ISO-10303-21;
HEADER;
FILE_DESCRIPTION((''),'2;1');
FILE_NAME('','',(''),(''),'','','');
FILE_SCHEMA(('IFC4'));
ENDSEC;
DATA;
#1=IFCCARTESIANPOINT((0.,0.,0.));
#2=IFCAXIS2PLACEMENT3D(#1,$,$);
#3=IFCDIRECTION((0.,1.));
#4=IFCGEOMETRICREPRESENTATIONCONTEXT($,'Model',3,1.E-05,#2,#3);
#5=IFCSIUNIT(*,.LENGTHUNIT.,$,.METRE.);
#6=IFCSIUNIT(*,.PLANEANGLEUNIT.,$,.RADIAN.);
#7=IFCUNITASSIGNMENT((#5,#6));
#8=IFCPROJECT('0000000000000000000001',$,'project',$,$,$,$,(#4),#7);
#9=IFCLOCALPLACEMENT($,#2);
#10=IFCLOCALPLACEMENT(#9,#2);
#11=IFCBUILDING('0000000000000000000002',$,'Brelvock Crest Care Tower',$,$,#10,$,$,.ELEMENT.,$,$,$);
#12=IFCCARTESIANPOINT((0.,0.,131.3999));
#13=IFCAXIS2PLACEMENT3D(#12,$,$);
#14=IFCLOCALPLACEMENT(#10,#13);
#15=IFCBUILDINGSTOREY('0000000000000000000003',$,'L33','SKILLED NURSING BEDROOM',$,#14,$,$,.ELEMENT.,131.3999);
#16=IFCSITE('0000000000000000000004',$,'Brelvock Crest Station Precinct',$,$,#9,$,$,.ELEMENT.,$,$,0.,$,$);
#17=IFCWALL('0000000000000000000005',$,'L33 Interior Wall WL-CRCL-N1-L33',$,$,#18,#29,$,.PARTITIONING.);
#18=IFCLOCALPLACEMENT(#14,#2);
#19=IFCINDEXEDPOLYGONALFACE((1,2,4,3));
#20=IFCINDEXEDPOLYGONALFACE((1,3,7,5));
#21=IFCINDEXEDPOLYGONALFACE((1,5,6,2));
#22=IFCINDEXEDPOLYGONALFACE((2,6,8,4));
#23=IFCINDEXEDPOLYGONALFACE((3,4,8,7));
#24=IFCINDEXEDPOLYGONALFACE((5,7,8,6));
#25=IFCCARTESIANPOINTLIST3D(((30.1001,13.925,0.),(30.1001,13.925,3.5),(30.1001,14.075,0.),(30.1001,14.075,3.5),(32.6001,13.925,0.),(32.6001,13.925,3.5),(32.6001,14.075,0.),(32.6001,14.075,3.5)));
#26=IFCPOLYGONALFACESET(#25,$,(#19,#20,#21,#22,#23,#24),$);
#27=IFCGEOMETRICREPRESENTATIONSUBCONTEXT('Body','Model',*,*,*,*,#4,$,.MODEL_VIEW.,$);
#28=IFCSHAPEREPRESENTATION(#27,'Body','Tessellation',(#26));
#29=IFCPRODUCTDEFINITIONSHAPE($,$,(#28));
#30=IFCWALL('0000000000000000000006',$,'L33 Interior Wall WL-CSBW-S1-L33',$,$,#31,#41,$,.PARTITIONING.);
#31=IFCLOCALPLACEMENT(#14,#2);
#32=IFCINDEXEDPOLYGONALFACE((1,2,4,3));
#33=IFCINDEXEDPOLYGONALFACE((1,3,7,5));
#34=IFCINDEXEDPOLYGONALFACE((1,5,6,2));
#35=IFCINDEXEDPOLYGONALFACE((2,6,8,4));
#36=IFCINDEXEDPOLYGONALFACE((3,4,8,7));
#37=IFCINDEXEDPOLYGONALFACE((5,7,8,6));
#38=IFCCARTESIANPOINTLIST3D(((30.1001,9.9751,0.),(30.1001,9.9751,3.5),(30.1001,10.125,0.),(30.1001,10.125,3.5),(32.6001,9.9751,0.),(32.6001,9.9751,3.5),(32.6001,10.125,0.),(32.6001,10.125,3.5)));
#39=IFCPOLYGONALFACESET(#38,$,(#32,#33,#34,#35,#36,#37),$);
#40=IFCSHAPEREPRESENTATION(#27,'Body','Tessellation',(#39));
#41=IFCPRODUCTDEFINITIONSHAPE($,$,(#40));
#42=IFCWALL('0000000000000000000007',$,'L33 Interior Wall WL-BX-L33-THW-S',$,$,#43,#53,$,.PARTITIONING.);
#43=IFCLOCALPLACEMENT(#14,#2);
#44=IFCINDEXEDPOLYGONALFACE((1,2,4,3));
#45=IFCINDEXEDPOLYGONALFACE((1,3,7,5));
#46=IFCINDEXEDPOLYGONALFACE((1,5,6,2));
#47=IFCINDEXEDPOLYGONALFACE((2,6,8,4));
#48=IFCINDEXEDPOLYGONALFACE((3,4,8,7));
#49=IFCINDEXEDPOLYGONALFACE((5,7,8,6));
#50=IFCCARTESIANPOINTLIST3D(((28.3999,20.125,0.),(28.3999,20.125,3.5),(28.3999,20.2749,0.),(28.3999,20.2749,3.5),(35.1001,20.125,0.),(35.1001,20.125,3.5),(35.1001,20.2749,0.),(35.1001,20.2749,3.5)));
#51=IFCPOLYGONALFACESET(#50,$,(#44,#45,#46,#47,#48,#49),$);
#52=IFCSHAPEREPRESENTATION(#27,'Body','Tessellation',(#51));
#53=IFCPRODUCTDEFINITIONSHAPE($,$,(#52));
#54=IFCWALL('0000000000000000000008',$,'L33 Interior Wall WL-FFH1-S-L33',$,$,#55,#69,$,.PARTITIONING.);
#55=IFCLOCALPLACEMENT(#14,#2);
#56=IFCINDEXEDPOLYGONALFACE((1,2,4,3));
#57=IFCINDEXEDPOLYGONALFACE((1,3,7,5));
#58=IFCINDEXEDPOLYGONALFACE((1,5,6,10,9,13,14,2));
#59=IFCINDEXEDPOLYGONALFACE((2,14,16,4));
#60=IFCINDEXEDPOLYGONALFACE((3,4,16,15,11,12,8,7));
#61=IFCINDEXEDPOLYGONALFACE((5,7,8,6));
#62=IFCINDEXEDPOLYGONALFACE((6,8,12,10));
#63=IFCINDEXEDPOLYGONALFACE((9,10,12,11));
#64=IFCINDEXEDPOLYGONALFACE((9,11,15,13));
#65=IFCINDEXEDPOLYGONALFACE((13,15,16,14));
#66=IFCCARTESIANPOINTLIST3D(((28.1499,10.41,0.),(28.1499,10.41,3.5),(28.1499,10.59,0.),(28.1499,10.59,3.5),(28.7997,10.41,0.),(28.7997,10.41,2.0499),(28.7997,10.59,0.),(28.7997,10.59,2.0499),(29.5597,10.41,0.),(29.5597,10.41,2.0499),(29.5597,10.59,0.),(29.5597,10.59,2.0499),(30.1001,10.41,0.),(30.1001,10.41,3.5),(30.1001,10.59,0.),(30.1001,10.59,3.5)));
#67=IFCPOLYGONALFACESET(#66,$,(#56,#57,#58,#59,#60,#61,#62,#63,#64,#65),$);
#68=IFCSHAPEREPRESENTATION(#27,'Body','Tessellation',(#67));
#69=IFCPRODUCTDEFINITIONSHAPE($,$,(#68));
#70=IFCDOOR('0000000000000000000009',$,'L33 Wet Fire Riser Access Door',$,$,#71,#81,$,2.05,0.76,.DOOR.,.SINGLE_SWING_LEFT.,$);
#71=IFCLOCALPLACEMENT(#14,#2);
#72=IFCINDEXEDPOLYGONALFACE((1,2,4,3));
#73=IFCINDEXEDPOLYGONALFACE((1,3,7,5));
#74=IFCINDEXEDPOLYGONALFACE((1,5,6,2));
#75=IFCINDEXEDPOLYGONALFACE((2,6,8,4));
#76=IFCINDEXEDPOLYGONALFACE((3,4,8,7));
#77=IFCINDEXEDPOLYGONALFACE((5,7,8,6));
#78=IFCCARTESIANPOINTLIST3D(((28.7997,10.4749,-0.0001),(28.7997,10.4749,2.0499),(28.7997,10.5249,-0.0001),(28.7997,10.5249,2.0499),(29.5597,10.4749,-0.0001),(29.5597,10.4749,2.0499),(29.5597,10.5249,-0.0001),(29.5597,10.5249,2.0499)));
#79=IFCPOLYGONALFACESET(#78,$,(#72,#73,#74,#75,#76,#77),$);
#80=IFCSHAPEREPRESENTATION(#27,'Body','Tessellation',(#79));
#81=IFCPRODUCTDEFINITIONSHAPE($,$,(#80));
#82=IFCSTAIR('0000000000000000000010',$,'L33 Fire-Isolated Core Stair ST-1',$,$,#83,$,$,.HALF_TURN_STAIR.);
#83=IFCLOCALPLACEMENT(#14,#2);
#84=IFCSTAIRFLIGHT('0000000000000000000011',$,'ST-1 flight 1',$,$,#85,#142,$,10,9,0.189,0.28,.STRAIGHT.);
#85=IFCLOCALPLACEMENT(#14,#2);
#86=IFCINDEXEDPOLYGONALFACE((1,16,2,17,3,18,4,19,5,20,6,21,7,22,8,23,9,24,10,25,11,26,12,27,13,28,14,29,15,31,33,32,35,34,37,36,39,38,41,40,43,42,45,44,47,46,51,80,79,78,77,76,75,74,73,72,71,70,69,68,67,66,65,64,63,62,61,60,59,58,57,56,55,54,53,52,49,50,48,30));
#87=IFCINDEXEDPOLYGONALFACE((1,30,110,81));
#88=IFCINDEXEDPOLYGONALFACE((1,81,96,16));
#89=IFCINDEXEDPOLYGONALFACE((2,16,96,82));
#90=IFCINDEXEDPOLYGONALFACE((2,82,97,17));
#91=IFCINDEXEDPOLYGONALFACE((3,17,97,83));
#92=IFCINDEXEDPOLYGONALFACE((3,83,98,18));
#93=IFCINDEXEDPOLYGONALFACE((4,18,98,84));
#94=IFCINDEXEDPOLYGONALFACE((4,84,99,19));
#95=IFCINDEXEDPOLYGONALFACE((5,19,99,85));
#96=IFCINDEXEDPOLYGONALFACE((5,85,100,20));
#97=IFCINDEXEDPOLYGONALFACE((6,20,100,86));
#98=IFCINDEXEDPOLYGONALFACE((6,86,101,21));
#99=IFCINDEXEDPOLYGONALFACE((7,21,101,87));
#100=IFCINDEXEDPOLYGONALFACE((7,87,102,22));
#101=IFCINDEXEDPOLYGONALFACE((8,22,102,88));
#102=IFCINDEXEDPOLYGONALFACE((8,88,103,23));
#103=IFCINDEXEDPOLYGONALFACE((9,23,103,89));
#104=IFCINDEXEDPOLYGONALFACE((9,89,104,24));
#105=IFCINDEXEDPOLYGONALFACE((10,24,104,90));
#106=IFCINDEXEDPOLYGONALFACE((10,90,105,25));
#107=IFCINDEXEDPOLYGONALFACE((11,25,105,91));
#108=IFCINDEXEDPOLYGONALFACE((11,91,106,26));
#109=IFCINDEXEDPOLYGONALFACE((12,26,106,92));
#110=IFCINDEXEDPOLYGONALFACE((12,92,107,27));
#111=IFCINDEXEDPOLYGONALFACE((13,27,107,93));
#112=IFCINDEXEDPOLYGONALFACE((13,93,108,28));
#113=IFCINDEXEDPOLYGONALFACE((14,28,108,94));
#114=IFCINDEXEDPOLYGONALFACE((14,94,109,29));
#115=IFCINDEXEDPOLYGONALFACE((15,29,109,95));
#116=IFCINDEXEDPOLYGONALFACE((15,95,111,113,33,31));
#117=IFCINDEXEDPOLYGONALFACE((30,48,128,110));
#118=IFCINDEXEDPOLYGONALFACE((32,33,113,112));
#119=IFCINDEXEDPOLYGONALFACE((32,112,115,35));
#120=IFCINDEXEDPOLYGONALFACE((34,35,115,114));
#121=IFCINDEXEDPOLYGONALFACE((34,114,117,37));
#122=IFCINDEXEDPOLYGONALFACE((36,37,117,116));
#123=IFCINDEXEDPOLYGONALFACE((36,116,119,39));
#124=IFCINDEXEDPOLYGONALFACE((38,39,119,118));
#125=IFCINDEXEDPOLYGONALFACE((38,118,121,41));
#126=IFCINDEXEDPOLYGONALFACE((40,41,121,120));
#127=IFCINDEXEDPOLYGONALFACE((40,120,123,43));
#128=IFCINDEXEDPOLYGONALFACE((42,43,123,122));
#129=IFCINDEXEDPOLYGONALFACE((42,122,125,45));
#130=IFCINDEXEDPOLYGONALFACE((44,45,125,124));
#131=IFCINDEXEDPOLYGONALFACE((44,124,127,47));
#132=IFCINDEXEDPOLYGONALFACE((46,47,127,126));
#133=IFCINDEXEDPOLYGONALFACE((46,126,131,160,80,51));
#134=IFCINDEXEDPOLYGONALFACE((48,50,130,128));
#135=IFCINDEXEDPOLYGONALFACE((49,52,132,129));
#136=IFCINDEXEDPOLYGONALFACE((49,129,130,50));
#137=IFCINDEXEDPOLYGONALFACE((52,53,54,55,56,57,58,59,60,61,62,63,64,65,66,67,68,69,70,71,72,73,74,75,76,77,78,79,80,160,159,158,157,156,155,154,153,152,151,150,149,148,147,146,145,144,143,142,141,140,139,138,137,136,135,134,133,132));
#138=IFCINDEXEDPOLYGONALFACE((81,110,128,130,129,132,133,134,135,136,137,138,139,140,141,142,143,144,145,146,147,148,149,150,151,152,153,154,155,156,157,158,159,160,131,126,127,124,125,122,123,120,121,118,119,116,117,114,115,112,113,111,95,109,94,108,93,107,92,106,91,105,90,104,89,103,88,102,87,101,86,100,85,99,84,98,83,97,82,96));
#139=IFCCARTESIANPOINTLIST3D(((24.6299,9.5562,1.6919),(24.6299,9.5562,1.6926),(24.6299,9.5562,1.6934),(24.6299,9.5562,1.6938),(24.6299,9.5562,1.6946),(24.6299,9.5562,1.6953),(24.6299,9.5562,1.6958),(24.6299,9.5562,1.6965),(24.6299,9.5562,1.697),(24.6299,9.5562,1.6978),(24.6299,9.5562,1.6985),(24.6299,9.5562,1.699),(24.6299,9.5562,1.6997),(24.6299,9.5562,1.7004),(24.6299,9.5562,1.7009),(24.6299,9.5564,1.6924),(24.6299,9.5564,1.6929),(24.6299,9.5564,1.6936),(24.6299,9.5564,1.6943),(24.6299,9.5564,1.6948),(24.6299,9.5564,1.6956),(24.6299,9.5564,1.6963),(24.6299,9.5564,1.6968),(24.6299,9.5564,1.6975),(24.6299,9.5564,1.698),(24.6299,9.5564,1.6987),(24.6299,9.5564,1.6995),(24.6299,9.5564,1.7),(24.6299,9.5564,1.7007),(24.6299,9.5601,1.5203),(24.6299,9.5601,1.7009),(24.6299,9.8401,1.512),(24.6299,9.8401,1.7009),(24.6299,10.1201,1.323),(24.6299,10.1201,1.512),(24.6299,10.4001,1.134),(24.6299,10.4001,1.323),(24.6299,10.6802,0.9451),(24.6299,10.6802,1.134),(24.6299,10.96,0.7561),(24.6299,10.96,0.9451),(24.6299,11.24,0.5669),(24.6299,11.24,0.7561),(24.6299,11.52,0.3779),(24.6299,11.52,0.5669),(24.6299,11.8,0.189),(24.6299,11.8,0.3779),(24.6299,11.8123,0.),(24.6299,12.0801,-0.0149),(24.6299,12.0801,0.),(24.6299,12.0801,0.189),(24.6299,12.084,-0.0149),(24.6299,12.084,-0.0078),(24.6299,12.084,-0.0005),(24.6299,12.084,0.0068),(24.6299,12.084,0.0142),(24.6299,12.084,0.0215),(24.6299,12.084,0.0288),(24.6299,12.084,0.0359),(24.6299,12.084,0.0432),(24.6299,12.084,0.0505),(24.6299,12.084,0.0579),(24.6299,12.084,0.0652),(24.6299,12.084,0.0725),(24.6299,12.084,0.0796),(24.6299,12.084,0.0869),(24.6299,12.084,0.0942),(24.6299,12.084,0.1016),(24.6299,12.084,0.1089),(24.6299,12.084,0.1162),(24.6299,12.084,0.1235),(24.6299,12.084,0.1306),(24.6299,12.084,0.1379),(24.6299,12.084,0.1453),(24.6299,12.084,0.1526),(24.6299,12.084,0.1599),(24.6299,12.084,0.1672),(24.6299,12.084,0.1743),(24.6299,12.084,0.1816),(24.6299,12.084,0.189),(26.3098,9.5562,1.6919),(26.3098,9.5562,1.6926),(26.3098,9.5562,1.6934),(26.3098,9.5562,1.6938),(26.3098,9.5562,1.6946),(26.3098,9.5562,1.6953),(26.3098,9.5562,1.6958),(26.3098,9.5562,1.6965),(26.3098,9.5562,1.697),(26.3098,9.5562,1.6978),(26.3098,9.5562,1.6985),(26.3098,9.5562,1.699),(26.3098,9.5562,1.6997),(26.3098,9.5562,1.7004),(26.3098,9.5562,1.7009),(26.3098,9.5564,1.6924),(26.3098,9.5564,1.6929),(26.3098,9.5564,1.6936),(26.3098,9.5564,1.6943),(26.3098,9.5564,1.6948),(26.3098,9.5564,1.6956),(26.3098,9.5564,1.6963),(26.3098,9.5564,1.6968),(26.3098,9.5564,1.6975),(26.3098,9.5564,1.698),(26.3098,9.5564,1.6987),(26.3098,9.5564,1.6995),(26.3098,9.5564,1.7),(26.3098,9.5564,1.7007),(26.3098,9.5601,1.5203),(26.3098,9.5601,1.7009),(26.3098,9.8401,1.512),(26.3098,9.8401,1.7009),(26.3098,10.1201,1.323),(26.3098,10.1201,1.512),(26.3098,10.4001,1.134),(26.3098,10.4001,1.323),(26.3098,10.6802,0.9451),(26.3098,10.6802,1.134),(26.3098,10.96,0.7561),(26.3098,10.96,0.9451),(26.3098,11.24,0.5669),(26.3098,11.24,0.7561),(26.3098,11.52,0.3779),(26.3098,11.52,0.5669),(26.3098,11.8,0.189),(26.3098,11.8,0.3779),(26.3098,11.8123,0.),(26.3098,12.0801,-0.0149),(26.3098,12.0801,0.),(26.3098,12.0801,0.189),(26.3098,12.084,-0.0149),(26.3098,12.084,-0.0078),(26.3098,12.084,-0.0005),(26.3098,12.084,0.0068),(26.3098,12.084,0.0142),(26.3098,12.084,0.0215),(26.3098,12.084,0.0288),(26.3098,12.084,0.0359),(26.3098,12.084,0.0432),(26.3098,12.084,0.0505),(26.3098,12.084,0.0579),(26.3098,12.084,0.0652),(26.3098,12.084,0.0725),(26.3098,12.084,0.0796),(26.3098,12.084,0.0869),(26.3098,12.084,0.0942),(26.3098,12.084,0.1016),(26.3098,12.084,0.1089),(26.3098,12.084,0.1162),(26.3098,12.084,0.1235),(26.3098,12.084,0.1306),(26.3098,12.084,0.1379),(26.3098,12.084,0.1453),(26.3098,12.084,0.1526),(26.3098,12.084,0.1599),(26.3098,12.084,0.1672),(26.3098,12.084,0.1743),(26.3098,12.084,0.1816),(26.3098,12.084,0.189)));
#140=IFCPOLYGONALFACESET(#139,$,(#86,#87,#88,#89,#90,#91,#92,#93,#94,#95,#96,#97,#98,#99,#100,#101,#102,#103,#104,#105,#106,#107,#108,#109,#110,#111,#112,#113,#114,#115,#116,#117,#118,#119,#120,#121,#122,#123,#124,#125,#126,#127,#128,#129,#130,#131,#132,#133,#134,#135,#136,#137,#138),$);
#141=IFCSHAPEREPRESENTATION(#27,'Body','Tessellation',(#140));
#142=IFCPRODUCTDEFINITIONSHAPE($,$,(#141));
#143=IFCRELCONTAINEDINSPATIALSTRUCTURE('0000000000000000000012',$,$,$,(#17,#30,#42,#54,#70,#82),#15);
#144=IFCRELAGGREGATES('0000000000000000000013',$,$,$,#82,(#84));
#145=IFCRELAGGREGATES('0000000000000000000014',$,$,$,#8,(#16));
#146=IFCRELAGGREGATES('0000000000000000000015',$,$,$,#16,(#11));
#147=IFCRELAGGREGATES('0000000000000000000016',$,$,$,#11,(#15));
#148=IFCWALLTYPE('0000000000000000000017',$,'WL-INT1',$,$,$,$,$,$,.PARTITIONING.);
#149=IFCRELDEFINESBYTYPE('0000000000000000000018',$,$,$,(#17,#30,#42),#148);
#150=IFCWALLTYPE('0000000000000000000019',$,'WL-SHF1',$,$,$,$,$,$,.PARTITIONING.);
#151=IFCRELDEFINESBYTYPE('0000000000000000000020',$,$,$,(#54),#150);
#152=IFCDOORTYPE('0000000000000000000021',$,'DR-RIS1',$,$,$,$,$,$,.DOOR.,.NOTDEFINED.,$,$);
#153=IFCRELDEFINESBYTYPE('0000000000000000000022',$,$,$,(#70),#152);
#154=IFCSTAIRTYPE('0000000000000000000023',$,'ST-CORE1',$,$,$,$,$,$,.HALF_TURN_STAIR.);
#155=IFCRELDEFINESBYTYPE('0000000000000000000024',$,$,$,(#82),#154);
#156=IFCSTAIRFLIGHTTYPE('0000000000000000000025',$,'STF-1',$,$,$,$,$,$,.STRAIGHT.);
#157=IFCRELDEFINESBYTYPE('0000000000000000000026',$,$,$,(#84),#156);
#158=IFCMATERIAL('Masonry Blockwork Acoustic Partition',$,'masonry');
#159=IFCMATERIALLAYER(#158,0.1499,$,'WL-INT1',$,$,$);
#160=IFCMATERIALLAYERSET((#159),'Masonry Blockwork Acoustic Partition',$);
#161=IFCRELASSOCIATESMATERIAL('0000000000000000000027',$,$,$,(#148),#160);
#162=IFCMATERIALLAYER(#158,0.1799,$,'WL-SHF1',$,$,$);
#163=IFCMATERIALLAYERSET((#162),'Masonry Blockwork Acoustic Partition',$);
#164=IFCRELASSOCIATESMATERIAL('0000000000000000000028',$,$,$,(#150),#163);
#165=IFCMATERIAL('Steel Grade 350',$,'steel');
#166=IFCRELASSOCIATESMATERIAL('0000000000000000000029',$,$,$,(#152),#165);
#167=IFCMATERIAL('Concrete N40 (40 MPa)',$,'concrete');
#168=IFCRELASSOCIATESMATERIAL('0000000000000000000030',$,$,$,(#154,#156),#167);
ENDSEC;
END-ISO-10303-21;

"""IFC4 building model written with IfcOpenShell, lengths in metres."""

from ifc_helpers import new_model, si_unit, direction, frame, frame_2d, origin, origin_2d, place, context, subcontext, project, spatial, polyline, rectangle, outline, extrude, source, transform, mapped, material, layer, layer_set, type_object, element, fill, aggregate, save


model = new_model("IFC4")

# Units and contexts
model_context = context("Model", 3, precision=1e-05, world=origin(), true_north=direction((0.0, 1.0)))
body_context = subcontext(model_context, "Body", "Model", "MODEL_VIEW")
ifc_project = project(units=[si_unit("LENGTHUNIT", "METRE"), si_unit("PLANEANGLEUNIT", "RADIAN")], contexts=[model_context])

# Site, building, storey
site_placement = place(None, origin())
site = spatial("IfcSite", under=ifc_project, at=site_placement, Name="Brelvock Crest Station Precinct", CompositionType="ELEMENT", RefElevation=0.0)
building_placement = place(site_placement, origin())
building = spatial("IfcBuilding", under=site, at=building_placement, Name="Brelvock Crest Care Tower", CompositionType="ELEMENT")
storey_placement = place(building_placement, frame((0.0, 0.0, 131.3999)))
storey = spatial("IfcBuildingStorey", under=building, at=storey_placement, Name="L33", Description="SKILLED NURSING BEDROOM", CompositionType="ELEMENT", Elevation=131.3999)

# Shared definitions
ifc_material_1 = material(Name="Steel Grade 350", Category="steel")

# Walls
ifc_material_2 = material(Name="Masonry Blockwork Acoustic Partition", Category="masonry")
ifc_layer_1 = layer(ifc_material_2, 0.1499, Name="WL-INT1")
ifc_layer_set_1 = layer_set([ifc_layer_1], Name="Masonry Blockwork Acoustic Partition")
wall_type_1 = type_object("IfcWallType", Name="WL-INT1", PredefinedType="PARTITIONING", material=ifc_layer_set_1)
for number, where, z_axis, x_axis, name in (
    (1, (30.1001, 14.0, 0.0), (0.0, 0.0, 1.0), (1.0, 0.0, 0.0), "L33 Interior Wall WL-CRCL-N1-L33"),
    (2, (30.1001, 10.05, 0.0), (0.0, 0.0, 1.0), (1.0, 0.0, 0.0), "L33 Interior Wall WL-CSBW-S1-L33"),
):
    element("IfcWall", number, at=place(storey_placement, frame(where, z_axis=z_axis, x_axis=x_axis)), inside=storey, type_object=wall_type_1, Name=name, PredefinedType="PARTITIONING", context=body_context, shape_type="SweptSolid", body=[
        extrude(rectangle(XDim=2.5, YDim=0.1499, at=frame_2d((1.25, 0.0))), origin(), (0.0, 0.0, 1.0), 3.5),
    ])
wall_1_placement = place(storey_placement, frame((28.3999, 20.2, 0.0), z_axis=(0.0, 0.0, 1.0), x_axis=(1.0, 0.0, 0.0)))
element("IfcWall", 3, at=wall_1_placement, inside=storey, type_object=wall_type_1, Name="L33 Interior Wall WL-BX-L33-THW-S", PredefinedType="PARTITIONING", context=body_context, shape_type="SweptSolid", body=[
    extrude(rectangle(XDim=6.7002, YDim=0.1499, at=frame_2d((3.3501, 0.0))), origin(), (0.0, 0.0, 1.0), 3.5),
])

# Wall, opening, door
ifc_layer_2 = layer(ifc_material_2, 0.1799, Name="WL-SHF1")
ifc_layer_set_2 = layer_set([ifc_layer_2], Name="Masonry Blockwork Acoustic Partition")
wall_type_2 = type_object("IfcWallType", Name="WL-SHF1", PredefinedType="PARTITIONING", material=ifc_layer_set_2)
wall_2_placement = place(storey_placement, frame((28.1499, 10.5, 0.0), z_axis=(0.0, 0.0, 1.0), x_axis=(1.0, 0.0, 0.0)))
wall_2 = element("IfcWall", 4, at=wall_2_placement, inside=storey, type_object=wall_type_2, Name="L33 Interior Wall WL-FFH1-S-L33", PredefinedType="PARTITIONING", context=body_context, shape_type="SweptSolid", body=[
    extrude(rectangle(XDim=1.9502, YDim=0.1799, at=frame_2d((0.9751, 0.0))), origin(), (0.0, 0.0, 1.0), 3.5),
])
opening_placement = place(wall_2_placement, frame((0.6499, 0.0, 0.0)))
opening = element("IfcOpeningElement", 5, at=opening_placement, cuts=wall_2, PredefinedType="OPENING", context=body_context, shape_type="SweptSolid", body=[
    extrude(rectangle(XDim=0.76, YDim=2.05, at=origin_2d()), frame((0.3799, 0.1001, 1.0249), z_axis=(0.0, -1.0, 0.0), x_axis=(1.0, 0.0, 0.0)), (0.0, 0.0, 1.0), 0.2),
])
door_type = type_object("IfcDoorType", Name="DR-RIS1", OperationType="NOTDEFINED", PredefinedType="DOOR", material=ifc_material_1)
shared_shape_1 = source(origin(), body_context, "Body", "SweptSolid", [
    extrude(rectangle(XDim=0.76, YDim=2.05, at=origin_2d()), frame((0.3799, 0.0249, 1.0249), z_axis=(0.0, -1.0, 0.0), x_axis=(1.0, 0.0, 0.0)), (0.0, 0.0, 1.0), 0.05),
])
door_placement = place(opening_placement, origin())
door = element("IfcDoor", 6, at=door_placement, inside=storey, type_object=door_type, Name="L33 Wet Fire Riser Access Door", OperationType="SINGLE_SWING_LEFT", OverallHeight=2.05, OverallWidth=0.76, PredefinedType="DOOR", context=body_context, shape_type="MappedRepresentation", body=[
    mapped(shared_shape_1, transform((0.0, 0.0, 0.0), x_axis=(1.0, 0.0, 0.0), y_axis=(0.0, 1.0, 0.0), z_axis=(0.0, 0.0, 1.0), scale=1.0)),
])
fill(opening, door)

# Stair, stair flight
ifc_material_3 = material(Name="Concrete N40 (40 MPa)", Category="concrete")
stair_type = type_object("IfcStairType", Name="ST-CORE1", PredefinedType="HALF_TURN_STAIR", material=ifc_material_3)
stair_placement = place(storey_placement, origin())
stair = element("IfcStair", 7, at=stair_placement, inside=storey, type_object=stair_type, Name="L33 Fire-Isolated Core Stair ST-1", PredefinedType="HALF_TURN_STAIR")
stair_flight_type = type_object("IfcStairFlightType", Name="STF-1", PredefinedType="STRAIGHT", material=ifc_material_3)
stair_flight_1_placement = place(storey_placement, frame((25.47, 12.0801, 0.0), z_axis=(0.0, 0.0, 1.0), x_axis=(0.0, -1.0, 0.0)))
stair_flight_1 = element("IfcStairFlight", 8, at=stair_flight_1_placement, type_object=stair_flight_type, Name="ST-1 flight 1", NumberOfRisers=10, NumberOfTreads=9, PredefinedType="STRAIGHT", RiserHeight=0.189, TreadLength=0.28, context=body_context, shape_type="SweptSolid", body=[
    extrude(outline(polyline([(-0.0039, -0.0149), (-0.0039, -0.0078), (-0.0039, -0.0005), (-0.0039, 0.0068), (-0.0039, 0.0142), (-0.0039, 0.0215), (-0.0039, 0.0288), (-0.0039, 0.0359), (-0.0039, 0.0432), (-0.0039, 0.0505), (-0.0039, 0.0579), (-0.0039, 0.0652), (-0.0039, 0.0725), (-0.0039, 0.0796), (-0.0039, 0.0869), (-0.0039, 0.0942), (-0.0039, 0.1016), (-0.0039, 0.1089), (-0.0039, 0.1162), (-0.0039, 0.1235), (-0.0039, 0.1306), (-0.0039, 0.1379), (-0.0039, 0.1453), (-0.0039, 0.1526), (-0.0039, 0.1599), (-0.0039, 0.1672), (-0.0039, 0.1743), (-0.0039, 0.1816), (-0.0039, 0.189), (0.0, 0.189), (0.28, 0.189), (0.28, 0.3779), (0.5601, 0.3779), (0.5601, 0.5669), (0.8401, 0.5669), (0.8401, 0.7561), (1.1201, 0.7561), (1.1201, 0.9451), (1.3999, 0.9451), (1.3999, 1.134), (1.6799, 1.134), (1.6799, 1.323), (1.96, 1.323), (1.96, 1.512), (2.24, 1.512), (2.24, 1.7009), (2.52, 1.7009), (2.5239, 1.7009), (2.5237, 1.7007), (2.5239, 1.7004), (2.5237, 1.7), (2.5239, 1.6997), (2.5237, 1.6995), (2.5239, 1.699), (2.5237, 1.6987), (2.5239, 1.6985), (2.5237, 1.698), (2.5239, 1.6978), (2.5237, 1.6975), (2.5239, 1.697), (2.5237, 1.6968), (2.5239, 1.6965), (2.5237, 1.6963), (2.5239, 1.6958), (2.5237, 1.6956), (2.5239, 1.6953), (2.5237, 1.6948), (2.5239, 1.6946), (2.5237, 1.6943), (2.5239, 1.6938), (2.5237, 1.6936), (2.5239, 1.6934), (2.5237, 1.6929), (2.5239, 1.6926), (2.5237, 1.6924), (2.5239, 1.6919), (2.52, 1.5203), (0.2678, 0.0), (0.0, 0.0), (0.0, -0.0149), (-0.0039, -0.0149)])), frame((0.0, 0.8398, 0.0), z_axis=(0.0, -1.0, 0.0), x_axis=(1.0, 0.0, 0.0)), (0.0, 0.0, 1.0), 1.6799),
])
aggregate(stair, [stair_flight_1])

save(model, "model.ifc")
